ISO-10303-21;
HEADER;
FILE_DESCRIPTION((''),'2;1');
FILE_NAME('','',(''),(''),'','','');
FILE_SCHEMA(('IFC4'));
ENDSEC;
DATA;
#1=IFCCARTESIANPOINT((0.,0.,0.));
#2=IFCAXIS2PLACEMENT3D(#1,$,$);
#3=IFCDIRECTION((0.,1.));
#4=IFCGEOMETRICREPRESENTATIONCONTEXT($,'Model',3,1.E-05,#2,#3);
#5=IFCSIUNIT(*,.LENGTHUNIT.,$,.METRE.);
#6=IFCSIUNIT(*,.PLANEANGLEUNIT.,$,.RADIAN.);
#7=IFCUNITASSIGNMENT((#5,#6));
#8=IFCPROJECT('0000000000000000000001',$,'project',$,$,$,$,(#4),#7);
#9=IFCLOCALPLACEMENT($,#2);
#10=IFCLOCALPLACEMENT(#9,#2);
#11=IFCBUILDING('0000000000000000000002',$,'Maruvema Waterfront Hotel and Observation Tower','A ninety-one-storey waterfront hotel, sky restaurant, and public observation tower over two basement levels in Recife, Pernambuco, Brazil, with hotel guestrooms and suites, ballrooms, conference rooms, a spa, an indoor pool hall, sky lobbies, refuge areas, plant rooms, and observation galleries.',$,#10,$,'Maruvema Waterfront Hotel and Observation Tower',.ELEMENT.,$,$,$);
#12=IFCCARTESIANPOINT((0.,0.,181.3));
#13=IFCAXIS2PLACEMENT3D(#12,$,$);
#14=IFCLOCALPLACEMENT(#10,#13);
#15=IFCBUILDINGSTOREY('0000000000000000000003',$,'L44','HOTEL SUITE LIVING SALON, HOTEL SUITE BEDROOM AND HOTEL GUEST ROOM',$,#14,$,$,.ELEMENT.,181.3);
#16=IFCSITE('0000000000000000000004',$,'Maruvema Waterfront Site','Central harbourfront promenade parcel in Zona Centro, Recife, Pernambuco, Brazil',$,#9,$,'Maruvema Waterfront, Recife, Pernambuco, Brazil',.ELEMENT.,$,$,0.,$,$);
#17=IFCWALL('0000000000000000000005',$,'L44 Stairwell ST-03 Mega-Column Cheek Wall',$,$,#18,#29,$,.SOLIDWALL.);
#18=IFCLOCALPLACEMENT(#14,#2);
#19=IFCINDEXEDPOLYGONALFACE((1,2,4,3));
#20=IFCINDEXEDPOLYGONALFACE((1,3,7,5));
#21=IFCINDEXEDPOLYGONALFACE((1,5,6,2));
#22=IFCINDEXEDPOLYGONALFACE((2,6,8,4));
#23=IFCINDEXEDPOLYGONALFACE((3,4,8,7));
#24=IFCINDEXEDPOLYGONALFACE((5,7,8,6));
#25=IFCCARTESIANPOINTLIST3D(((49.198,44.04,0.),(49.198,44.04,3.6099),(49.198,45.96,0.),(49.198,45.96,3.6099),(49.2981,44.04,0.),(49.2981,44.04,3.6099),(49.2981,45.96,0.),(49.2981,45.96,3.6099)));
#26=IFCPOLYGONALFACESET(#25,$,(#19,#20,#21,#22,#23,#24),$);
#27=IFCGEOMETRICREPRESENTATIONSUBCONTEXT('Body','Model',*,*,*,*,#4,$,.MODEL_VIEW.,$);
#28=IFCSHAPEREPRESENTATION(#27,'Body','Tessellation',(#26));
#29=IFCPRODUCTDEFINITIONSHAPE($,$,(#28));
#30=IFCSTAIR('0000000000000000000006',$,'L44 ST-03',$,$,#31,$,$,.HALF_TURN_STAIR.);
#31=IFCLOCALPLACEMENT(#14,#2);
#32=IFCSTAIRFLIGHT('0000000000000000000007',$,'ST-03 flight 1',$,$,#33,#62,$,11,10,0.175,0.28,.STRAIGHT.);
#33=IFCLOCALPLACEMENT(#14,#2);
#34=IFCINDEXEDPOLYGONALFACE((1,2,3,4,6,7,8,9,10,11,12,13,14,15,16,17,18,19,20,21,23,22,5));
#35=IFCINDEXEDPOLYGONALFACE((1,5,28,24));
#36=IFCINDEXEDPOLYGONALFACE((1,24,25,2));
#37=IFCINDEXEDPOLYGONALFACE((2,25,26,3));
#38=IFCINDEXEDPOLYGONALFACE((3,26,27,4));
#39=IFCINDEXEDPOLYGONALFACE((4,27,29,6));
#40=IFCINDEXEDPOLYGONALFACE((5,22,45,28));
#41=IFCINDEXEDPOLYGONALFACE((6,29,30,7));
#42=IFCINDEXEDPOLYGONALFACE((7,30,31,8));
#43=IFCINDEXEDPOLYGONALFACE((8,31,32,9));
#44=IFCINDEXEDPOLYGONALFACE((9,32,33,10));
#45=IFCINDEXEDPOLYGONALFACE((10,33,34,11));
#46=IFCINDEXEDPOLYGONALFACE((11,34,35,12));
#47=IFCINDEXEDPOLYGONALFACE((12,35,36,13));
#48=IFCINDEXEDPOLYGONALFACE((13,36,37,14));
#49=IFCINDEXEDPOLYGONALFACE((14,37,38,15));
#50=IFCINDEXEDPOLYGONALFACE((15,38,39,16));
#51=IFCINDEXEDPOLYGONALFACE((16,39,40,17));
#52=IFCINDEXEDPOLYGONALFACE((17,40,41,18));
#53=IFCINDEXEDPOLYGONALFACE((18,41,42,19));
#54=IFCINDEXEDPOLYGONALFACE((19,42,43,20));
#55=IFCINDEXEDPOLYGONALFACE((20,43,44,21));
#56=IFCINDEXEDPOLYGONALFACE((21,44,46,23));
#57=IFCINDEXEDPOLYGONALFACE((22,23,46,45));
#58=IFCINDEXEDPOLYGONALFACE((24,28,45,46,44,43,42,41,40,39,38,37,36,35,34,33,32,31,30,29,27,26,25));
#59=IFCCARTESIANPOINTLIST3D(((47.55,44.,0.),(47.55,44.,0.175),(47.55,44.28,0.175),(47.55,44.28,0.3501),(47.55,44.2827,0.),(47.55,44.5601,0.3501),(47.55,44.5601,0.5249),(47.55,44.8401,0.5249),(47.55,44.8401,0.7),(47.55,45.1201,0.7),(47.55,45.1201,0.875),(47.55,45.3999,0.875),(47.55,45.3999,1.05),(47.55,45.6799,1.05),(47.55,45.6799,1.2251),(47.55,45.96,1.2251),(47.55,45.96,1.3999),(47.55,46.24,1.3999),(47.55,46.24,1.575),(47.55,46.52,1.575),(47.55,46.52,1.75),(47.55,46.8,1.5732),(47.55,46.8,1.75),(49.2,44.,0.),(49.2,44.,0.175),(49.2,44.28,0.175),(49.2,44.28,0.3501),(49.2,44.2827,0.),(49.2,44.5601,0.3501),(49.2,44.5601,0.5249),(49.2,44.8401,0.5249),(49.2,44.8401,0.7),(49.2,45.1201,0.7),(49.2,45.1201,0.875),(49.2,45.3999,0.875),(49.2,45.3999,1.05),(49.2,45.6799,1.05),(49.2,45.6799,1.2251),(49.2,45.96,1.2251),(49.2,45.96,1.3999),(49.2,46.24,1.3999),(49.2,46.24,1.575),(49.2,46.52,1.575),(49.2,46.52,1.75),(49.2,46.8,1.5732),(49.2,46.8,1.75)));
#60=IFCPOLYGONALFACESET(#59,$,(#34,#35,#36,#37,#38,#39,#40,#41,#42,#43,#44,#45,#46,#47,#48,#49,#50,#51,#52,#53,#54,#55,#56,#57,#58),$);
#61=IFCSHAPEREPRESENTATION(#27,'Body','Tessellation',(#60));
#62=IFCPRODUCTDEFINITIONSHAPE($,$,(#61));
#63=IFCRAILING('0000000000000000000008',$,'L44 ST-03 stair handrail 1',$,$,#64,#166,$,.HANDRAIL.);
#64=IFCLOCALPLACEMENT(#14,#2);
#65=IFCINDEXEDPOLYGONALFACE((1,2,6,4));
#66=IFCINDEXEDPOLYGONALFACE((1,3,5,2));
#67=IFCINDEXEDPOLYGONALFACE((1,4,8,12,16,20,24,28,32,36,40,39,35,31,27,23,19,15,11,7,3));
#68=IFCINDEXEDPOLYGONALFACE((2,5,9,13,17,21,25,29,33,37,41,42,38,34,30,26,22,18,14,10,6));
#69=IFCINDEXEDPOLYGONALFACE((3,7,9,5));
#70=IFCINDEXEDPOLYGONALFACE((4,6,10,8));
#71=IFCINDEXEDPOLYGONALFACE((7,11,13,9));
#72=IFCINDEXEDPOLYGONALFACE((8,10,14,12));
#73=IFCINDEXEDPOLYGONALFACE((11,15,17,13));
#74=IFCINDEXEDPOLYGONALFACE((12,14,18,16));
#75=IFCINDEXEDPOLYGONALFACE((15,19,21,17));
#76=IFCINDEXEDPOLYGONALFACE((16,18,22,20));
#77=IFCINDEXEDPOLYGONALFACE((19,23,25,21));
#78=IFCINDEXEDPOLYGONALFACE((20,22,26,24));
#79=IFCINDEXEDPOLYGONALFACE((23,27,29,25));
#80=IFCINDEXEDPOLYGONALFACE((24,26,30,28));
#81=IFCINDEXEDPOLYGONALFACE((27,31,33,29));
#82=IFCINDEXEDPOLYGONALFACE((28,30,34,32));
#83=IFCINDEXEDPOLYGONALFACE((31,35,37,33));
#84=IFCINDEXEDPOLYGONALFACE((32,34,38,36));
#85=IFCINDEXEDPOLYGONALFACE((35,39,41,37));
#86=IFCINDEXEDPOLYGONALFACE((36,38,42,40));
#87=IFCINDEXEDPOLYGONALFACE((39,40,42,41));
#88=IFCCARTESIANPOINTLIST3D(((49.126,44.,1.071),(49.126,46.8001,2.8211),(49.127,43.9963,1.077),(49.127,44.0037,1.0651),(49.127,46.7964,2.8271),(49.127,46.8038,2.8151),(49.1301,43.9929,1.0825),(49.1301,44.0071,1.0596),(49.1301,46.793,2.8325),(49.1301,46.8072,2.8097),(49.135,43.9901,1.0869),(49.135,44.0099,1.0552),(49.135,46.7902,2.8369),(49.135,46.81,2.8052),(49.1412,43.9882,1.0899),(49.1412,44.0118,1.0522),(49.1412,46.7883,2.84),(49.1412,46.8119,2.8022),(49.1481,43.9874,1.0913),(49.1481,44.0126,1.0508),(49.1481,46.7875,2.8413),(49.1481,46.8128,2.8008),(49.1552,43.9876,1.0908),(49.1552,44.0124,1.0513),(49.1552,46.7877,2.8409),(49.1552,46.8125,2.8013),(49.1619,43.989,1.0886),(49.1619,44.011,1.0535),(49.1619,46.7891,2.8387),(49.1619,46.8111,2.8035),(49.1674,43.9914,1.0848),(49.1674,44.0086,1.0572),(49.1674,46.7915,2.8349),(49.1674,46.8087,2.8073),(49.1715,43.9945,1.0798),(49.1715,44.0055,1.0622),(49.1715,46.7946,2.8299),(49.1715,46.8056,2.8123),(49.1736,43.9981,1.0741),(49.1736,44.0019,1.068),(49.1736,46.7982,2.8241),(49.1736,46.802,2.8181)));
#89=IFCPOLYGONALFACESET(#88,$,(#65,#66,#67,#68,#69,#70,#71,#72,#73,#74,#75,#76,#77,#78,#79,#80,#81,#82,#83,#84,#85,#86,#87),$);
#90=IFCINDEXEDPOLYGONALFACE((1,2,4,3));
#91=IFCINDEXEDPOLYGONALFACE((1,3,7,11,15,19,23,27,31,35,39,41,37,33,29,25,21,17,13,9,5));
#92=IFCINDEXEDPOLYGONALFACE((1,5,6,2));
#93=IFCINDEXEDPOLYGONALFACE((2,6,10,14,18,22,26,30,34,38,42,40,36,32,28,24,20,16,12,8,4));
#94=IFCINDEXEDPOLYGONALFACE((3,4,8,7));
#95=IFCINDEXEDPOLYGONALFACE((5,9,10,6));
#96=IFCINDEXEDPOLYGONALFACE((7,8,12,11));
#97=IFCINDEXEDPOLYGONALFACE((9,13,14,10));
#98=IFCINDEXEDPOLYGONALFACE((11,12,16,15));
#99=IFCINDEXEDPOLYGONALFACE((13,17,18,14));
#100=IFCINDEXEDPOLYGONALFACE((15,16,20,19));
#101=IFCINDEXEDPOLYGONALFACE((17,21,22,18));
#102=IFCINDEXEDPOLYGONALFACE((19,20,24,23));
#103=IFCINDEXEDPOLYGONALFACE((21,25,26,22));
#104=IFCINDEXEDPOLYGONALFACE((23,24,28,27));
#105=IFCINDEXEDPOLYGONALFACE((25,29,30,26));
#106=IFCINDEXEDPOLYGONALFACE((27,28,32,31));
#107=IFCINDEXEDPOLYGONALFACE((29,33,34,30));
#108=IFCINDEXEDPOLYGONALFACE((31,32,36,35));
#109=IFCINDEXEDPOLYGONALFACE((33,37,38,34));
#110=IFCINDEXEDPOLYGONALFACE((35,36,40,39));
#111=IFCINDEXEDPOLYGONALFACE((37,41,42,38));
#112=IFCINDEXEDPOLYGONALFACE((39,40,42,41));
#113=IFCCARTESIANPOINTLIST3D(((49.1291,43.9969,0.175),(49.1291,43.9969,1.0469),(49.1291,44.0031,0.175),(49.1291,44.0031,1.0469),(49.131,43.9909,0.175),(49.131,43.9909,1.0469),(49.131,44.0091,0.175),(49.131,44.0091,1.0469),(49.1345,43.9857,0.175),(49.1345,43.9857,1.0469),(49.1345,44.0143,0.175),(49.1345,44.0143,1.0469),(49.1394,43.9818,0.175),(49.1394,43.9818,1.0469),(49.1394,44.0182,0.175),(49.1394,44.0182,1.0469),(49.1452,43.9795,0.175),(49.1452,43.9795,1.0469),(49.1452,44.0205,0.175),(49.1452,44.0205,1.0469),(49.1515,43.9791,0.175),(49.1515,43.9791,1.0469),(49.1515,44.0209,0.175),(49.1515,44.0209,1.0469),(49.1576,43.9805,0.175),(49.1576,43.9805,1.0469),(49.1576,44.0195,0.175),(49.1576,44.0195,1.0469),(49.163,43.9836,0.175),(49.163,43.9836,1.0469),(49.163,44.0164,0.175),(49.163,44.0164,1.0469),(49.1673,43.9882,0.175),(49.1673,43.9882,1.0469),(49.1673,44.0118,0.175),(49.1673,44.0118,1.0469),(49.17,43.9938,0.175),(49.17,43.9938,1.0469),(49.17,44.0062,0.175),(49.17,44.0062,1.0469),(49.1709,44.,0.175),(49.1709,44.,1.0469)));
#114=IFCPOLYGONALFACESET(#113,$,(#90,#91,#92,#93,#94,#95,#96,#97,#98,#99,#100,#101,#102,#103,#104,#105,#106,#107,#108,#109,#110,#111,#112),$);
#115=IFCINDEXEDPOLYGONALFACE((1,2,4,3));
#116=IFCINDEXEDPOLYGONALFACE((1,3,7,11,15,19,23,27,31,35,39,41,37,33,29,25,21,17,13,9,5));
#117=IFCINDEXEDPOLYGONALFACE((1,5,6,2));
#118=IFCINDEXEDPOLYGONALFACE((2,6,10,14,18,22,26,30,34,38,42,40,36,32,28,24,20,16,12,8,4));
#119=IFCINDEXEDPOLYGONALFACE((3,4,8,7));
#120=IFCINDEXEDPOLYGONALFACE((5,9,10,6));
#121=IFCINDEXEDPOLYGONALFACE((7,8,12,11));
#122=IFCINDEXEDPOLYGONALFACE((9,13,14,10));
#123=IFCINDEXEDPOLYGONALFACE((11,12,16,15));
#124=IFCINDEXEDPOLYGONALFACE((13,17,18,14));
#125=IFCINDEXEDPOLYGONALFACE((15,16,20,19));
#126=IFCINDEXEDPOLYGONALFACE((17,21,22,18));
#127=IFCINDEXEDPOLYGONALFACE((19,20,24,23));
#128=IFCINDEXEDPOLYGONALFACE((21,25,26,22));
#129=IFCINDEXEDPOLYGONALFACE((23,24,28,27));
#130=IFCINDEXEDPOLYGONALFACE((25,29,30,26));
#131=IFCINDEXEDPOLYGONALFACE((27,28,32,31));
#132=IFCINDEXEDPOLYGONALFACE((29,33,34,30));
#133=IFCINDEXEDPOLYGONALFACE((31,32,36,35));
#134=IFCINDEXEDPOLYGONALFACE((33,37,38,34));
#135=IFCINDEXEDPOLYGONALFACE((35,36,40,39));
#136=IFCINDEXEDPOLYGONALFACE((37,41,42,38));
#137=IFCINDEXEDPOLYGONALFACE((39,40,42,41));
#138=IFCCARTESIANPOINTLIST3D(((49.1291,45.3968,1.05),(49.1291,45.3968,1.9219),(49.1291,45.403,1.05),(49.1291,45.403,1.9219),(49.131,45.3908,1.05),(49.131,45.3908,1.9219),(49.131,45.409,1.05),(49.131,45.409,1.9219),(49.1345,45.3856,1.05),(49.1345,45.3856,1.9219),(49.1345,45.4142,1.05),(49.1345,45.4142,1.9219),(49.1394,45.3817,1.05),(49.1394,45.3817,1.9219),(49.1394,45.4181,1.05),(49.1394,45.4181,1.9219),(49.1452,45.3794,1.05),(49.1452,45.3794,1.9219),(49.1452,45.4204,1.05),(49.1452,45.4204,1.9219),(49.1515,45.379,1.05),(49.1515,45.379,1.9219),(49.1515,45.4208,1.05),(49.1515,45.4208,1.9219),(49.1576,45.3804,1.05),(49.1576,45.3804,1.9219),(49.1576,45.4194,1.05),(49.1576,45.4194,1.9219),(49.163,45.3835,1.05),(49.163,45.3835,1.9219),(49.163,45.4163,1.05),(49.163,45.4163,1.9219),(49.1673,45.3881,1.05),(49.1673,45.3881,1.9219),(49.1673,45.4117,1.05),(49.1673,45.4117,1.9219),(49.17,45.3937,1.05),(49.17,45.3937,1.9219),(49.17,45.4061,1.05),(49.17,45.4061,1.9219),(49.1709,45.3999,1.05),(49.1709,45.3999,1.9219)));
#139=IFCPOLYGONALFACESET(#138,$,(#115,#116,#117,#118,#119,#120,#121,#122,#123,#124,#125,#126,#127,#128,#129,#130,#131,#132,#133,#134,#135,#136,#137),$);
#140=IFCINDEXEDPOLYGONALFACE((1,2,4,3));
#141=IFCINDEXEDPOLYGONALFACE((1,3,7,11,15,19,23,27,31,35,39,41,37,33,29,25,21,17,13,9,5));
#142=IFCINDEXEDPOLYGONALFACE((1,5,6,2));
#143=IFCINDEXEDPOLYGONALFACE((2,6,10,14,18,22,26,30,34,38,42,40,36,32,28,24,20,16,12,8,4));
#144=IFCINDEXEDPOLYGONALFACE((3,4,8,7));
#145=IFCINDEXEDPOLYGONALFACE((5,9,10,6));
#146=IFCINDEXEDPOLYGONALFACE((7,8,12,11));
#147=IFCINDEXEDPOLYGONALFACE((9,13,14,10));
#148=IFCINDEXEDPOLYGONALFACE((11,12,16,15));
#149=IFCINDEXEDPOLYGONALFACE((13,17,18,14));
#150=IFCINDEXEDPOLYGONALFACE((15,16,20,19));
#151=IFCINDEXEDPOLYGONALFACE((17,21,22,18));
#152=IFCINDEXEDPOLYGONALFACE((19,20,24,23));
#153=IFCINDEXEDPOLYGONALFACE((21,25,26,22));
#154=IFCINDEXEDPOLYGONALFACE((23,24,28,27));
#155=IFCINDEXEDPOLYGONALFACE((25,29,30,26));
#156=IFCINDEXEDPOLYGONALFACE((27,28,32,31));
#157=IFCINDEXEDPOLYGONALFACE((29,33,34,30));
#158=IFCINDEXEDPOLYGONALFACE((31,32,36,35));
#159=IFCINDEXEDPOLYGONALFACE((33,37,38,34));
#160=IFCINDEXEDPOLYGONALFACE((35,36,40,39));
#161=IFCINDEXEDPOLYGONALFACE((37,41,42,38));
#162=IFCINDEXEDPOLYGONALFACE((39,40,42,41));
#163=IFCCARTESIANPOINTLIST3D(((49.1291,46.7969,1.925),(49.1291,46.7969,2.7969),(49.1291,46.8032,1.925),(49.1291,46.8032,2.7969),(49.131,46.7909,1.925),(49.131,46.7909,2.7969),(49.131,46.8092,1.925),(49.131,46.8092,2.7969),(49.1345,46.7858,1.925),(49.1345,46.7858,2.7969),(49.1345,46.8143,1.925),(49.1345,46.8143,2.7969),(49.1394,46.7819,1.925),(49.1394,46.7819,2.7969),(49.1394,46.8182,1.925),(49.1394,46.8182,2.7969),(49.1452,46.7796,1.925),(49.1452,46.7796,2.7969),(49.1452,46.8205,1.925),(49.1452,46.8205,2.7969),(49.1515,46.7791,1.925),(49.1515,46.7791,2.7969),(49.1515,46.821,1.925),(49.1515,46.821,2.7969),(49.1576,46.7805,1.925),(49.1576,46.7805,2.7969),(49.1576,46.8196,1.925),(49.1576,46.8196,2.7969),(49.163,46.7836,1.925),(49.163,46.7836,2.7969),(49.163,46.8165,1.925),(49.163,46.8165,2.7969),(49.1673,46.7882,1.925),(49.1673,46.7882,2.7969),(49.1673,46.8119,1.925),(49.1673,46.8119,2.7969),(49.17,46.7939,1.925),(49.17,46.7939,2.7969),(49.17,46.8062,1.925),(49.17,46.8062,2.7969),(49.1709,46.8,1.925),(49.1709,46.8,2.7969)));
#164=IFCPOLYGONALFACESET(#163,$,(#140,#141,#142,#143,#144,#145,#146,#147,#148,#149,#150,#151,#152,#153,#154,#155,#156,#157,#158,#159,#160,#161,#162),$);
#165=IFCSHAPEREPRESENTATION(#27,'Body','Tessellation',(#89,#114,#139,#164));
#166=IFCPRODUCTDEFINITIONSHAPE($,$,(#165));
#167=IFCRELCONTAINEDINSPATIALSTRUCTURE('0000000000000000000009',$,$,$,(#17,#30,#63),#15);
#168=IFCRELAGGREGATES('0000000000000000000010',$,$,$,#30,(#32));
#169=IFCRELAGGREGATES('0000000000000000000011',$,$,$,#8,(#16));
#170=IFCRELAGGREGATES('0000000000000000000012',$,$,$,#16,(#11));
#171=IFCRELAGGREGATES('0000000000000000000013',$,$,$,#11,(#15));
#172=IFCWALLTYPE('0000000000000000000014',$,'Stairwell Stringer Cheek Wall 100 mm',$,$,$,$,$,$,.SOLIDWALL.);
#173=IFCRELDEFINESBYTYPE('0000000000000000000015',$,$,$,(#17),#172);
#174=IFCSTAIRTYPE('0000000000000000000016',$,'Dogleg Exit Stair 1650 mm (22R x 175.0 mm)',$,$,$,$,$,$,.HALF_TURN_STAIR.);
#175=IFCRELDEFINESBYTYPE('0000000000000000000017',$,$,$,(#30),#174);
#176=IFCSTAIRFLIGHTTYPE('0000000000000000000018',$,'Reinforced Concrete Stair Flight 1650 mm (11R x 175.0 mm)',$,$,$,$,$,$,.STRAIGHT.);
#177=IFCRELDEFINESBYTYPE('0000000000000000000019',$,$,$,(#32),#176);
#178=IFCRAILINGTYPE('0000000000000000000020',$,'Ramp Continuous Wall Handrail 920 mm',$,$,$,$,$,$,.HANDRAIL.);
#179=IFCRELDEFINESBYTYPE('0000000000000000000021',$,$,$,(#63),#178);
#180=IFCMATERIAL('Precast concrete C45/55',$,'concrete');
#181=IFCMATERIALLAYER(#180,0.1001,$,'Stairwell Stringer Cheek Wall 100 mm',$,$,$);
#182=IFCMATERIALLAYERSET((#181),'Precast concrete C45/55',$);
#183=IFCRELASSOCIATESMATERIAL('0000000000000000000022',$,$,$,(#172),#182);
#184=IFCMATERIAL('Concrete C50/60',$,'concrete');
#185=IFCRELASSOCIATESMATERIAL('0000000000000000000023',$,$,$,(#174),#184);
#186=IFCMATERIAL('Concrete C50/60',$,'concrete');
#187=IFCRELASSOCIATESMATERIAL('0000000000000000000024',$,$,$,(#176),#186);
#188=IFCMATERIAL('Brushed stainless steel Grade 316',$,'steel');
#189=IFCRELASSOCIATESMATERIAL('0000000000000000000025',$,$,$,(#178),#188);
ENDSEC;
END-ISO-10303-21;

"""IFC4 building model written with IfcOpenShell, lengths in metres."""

from ifc_helpers import new_model, si_unit, direction, frame, frame_2d, origin, origin_2d, place, context, subcontext, project, spatial, polyline, rectangle, circle, outline, extrude, material, layer, layer_set, type_object, element, aggregate, save


model = new_model("IFC4")

# Units and contexts
model_context = context("Model", 3, precision=1e-05, world=origin(), true_north=direction((0.0, 1.0)))
body_context = subcontext(model_context, "Body", "Model", "MODEL_VIEW")
ifc_project = project(units=[si_unit("LENGTHUNIT", "METRE"), si_unit("PLANEANGLEUNIT", "RADIAN")], contexts=[model_context])

# Site, building, storey
site_placement = place(None, origin())
site = spatial("IfcSite", under=ifc_project, at=site_placement, Name="Maruvema Waterfront Site", Description="Central harbourfront promenade parcel in Zona Centro, Recife, Pernambuco, Brazil", LongName="Maruvema Waterfront, Recife, Pernambuco, Brazil", CompositionType="ELEMENT", RefElevation=0.0)
building_placement = place(site_placement, origin())
building = spatial("IfcBuilding", under=site, at=building_placement, Name="Maruvema Waterfront Hotel and Observation Tower", Description="A ninety-one-storey waterfront hotel, sky restaurant, and public observation tower over two basement levels in Recife, Pernambuco, Brazil, with hotel guestrooms and suites, ballrooms, conference rooms, a spa, an indoor pool hall, sky lobbies, refuge areas, plant rooms, and observation galleries.", LongName="Maruvema Waterfront Hotel and Observation Tower", CompositionType="ELEMENT")
storey_placement = place(building_placement, frame((0.0, 0.0, 181.3)))
storey = spatial("IfcBuildingStorey", under=building, at=storey_placement, Name="L44", Description="HOTEL SUITE LIVING SALON, HOTEL SUITE BEDROOM AND HOTEL GUEST ROOM", CompositionType="ELEMENT", Elevation=181.3)

# Wall
ifc_material_1 = material(Name="Precast concrete C45/55", Category="concrete")
ifc_layer_1 = layer(ifc_material_1, 0.1001, Name="Stairwell Stringer Cheek Wall 100 mm")
ifc_layer_set_1 = layer_set([ifc_layer_1], Name="Precast concrete C45/55")
wall_type_1 = type_object("IfcWallType", Name="Stairwell Stringer Cheek Wall 100 mm", PredefinedType="SOLIDWALL", material=ifc_layer_set_1)
wall_1_placement = place(storey_placement, frame((49.248, 44.04, 0.0), z_axis=(0.0, 0.0, 1.0), x_axis=(0.0, 1.0, 0.0)))
element("IfcWall", 1, at=wall_1_placement, inside=storey, type_object=wall_type_1, Name="L44 Stairwell ST-03 Mega-Column Cheek Wall", PredefinedType="SOLIDWALL", context=body_context, shape_type="SweptSolid", body=[
    extrude(rectangle(XDim=1.9199, YDim=0.1001, at=frame_2d((0.96, 0.0))), origin(), (0.0, 0.0, 1.0), 3.6099),
])

# Stair, stair flight
ifc_material_2 = material(Name="Concrete C50/60", Category="concrete")
stair_type = type_object("IfcStairType", Name="Dogleg Exit Stair 1650 mm (22R x 175.0 mm)", PredefinedType="HALF_TURN_STAIR", material=ifc_material_2)
stair_placement = place(storey_placement, origin())
stair = element("IfcStair", 2, at=stair_placement, inside=storey, type_object=stair_type, Name="L44 ST-03", PredefinedType="HALF_TURN_STAIR")
ifc_material_3 = material(Name="Concrete C50/60", Category="concrete")
stair_flight_type = type_object("IfcStairFlightType", Name="Reinforced Concrete Stair Flight 1650 mm (11R x 175.0 mm)", PredefinedType="STRAIGHT", material=ifc_material_3)
stair_flight_placement = place(storey_placement, frame((48.375, 44.0, 0.0), z_axis=(0.0, 0.0, 1.0), x_axis=(0.0, 1.0, 0.0)))
stair_flight = element("IfcStairFlight", 3, at=stair_flight_placement, type_object=stair_flight_type, Name="ST-03 flight 1", NumberOfRisers=11, NumberOfTreads=10, PredefinedType="STRAIGHT", RiserHeight=0.175, TreadLength=0.28, context=body_context, shape_type="SweptSolid", body=[
    extrude(outline(polyline([(0.0, 0.0), (0.0, 0.175), (0.28, 0.175), (0.28, 0.3501), (0.5601, 0.3501), (0.5601, 0.5249), (0.8401, 0.5249), (0.8401, 0.7), (1.1201, 0.7), (1.1201, 0.875), (1.3999, 0.875), (1.3999, 1.05), (1.6799, 1.05), (1.6799, 1.2251), (1.96, 1.2251), (1.96, 1.3999), (2.24, 1.3999), (2.24, 1.575), (2.52, 1.575), (2.52, 1.75), (2.8, 1.75), (2.8, 1.925), (2.8, 1.5732), (0.2827, 0.0), (0.0, 0.0)])), frame((0.0, 0.825, 0.0), z_axis=(0.0, -1.0, 0.0), x_axis=(1.0, 0.0, 0.0)), (0.0, 0.0, 1.0), 1.6499),
])
aggregate(stair, [stair_flight])

# Railing
ifc_material_4 = material(Name="Brushed stainless steel Grade 316", Category="steel")
railing_type_1 = type_object("IfcRailingType", Name="Ramp Continuous Wall Handrail 920 mm", PredefinedType="HANDRAIL", material=ifc_material_4)
railing_1_placement = place(storey_placement, frame((49.1499, 44.0, 0.175)))
element("IfcRailing", 4, at=railing_1_placement, inside=storey, type_object=railing_type_1, Name="L44 ST-03 stair handrail 1", PredefinedType="HANDRAIL", context=body_context, shape_type="SweptSolid", body=[
    extrude(circle(Radius=0.0239, at=origin_2d()), frame((0.0, 0.0, 0.896), z_axis=(0.0, 0.848002, 0.529992), x_axis=(-1.0, 0.0, 0.0)), (0.0, 0.0, 1.0), 3.302),
    extrude(circle(Radius=0.021, at=origin_2d()), origin(), (0.0, 0.0, 1.0), 0.8718),
    extrude(circle(Radius=0.021, at=origin_2d()), frame((0.0, 1.3999, 0.875)), (0.0, 0.0, 1.0), 0.8718),
    extrude(circle(Radius=0.021, at=origin_2d()), frame((0.0, 2.8, 1.75)), (0.0, 0.0, 1.0), 0.8718),
])

save(model, "model.ifc")
